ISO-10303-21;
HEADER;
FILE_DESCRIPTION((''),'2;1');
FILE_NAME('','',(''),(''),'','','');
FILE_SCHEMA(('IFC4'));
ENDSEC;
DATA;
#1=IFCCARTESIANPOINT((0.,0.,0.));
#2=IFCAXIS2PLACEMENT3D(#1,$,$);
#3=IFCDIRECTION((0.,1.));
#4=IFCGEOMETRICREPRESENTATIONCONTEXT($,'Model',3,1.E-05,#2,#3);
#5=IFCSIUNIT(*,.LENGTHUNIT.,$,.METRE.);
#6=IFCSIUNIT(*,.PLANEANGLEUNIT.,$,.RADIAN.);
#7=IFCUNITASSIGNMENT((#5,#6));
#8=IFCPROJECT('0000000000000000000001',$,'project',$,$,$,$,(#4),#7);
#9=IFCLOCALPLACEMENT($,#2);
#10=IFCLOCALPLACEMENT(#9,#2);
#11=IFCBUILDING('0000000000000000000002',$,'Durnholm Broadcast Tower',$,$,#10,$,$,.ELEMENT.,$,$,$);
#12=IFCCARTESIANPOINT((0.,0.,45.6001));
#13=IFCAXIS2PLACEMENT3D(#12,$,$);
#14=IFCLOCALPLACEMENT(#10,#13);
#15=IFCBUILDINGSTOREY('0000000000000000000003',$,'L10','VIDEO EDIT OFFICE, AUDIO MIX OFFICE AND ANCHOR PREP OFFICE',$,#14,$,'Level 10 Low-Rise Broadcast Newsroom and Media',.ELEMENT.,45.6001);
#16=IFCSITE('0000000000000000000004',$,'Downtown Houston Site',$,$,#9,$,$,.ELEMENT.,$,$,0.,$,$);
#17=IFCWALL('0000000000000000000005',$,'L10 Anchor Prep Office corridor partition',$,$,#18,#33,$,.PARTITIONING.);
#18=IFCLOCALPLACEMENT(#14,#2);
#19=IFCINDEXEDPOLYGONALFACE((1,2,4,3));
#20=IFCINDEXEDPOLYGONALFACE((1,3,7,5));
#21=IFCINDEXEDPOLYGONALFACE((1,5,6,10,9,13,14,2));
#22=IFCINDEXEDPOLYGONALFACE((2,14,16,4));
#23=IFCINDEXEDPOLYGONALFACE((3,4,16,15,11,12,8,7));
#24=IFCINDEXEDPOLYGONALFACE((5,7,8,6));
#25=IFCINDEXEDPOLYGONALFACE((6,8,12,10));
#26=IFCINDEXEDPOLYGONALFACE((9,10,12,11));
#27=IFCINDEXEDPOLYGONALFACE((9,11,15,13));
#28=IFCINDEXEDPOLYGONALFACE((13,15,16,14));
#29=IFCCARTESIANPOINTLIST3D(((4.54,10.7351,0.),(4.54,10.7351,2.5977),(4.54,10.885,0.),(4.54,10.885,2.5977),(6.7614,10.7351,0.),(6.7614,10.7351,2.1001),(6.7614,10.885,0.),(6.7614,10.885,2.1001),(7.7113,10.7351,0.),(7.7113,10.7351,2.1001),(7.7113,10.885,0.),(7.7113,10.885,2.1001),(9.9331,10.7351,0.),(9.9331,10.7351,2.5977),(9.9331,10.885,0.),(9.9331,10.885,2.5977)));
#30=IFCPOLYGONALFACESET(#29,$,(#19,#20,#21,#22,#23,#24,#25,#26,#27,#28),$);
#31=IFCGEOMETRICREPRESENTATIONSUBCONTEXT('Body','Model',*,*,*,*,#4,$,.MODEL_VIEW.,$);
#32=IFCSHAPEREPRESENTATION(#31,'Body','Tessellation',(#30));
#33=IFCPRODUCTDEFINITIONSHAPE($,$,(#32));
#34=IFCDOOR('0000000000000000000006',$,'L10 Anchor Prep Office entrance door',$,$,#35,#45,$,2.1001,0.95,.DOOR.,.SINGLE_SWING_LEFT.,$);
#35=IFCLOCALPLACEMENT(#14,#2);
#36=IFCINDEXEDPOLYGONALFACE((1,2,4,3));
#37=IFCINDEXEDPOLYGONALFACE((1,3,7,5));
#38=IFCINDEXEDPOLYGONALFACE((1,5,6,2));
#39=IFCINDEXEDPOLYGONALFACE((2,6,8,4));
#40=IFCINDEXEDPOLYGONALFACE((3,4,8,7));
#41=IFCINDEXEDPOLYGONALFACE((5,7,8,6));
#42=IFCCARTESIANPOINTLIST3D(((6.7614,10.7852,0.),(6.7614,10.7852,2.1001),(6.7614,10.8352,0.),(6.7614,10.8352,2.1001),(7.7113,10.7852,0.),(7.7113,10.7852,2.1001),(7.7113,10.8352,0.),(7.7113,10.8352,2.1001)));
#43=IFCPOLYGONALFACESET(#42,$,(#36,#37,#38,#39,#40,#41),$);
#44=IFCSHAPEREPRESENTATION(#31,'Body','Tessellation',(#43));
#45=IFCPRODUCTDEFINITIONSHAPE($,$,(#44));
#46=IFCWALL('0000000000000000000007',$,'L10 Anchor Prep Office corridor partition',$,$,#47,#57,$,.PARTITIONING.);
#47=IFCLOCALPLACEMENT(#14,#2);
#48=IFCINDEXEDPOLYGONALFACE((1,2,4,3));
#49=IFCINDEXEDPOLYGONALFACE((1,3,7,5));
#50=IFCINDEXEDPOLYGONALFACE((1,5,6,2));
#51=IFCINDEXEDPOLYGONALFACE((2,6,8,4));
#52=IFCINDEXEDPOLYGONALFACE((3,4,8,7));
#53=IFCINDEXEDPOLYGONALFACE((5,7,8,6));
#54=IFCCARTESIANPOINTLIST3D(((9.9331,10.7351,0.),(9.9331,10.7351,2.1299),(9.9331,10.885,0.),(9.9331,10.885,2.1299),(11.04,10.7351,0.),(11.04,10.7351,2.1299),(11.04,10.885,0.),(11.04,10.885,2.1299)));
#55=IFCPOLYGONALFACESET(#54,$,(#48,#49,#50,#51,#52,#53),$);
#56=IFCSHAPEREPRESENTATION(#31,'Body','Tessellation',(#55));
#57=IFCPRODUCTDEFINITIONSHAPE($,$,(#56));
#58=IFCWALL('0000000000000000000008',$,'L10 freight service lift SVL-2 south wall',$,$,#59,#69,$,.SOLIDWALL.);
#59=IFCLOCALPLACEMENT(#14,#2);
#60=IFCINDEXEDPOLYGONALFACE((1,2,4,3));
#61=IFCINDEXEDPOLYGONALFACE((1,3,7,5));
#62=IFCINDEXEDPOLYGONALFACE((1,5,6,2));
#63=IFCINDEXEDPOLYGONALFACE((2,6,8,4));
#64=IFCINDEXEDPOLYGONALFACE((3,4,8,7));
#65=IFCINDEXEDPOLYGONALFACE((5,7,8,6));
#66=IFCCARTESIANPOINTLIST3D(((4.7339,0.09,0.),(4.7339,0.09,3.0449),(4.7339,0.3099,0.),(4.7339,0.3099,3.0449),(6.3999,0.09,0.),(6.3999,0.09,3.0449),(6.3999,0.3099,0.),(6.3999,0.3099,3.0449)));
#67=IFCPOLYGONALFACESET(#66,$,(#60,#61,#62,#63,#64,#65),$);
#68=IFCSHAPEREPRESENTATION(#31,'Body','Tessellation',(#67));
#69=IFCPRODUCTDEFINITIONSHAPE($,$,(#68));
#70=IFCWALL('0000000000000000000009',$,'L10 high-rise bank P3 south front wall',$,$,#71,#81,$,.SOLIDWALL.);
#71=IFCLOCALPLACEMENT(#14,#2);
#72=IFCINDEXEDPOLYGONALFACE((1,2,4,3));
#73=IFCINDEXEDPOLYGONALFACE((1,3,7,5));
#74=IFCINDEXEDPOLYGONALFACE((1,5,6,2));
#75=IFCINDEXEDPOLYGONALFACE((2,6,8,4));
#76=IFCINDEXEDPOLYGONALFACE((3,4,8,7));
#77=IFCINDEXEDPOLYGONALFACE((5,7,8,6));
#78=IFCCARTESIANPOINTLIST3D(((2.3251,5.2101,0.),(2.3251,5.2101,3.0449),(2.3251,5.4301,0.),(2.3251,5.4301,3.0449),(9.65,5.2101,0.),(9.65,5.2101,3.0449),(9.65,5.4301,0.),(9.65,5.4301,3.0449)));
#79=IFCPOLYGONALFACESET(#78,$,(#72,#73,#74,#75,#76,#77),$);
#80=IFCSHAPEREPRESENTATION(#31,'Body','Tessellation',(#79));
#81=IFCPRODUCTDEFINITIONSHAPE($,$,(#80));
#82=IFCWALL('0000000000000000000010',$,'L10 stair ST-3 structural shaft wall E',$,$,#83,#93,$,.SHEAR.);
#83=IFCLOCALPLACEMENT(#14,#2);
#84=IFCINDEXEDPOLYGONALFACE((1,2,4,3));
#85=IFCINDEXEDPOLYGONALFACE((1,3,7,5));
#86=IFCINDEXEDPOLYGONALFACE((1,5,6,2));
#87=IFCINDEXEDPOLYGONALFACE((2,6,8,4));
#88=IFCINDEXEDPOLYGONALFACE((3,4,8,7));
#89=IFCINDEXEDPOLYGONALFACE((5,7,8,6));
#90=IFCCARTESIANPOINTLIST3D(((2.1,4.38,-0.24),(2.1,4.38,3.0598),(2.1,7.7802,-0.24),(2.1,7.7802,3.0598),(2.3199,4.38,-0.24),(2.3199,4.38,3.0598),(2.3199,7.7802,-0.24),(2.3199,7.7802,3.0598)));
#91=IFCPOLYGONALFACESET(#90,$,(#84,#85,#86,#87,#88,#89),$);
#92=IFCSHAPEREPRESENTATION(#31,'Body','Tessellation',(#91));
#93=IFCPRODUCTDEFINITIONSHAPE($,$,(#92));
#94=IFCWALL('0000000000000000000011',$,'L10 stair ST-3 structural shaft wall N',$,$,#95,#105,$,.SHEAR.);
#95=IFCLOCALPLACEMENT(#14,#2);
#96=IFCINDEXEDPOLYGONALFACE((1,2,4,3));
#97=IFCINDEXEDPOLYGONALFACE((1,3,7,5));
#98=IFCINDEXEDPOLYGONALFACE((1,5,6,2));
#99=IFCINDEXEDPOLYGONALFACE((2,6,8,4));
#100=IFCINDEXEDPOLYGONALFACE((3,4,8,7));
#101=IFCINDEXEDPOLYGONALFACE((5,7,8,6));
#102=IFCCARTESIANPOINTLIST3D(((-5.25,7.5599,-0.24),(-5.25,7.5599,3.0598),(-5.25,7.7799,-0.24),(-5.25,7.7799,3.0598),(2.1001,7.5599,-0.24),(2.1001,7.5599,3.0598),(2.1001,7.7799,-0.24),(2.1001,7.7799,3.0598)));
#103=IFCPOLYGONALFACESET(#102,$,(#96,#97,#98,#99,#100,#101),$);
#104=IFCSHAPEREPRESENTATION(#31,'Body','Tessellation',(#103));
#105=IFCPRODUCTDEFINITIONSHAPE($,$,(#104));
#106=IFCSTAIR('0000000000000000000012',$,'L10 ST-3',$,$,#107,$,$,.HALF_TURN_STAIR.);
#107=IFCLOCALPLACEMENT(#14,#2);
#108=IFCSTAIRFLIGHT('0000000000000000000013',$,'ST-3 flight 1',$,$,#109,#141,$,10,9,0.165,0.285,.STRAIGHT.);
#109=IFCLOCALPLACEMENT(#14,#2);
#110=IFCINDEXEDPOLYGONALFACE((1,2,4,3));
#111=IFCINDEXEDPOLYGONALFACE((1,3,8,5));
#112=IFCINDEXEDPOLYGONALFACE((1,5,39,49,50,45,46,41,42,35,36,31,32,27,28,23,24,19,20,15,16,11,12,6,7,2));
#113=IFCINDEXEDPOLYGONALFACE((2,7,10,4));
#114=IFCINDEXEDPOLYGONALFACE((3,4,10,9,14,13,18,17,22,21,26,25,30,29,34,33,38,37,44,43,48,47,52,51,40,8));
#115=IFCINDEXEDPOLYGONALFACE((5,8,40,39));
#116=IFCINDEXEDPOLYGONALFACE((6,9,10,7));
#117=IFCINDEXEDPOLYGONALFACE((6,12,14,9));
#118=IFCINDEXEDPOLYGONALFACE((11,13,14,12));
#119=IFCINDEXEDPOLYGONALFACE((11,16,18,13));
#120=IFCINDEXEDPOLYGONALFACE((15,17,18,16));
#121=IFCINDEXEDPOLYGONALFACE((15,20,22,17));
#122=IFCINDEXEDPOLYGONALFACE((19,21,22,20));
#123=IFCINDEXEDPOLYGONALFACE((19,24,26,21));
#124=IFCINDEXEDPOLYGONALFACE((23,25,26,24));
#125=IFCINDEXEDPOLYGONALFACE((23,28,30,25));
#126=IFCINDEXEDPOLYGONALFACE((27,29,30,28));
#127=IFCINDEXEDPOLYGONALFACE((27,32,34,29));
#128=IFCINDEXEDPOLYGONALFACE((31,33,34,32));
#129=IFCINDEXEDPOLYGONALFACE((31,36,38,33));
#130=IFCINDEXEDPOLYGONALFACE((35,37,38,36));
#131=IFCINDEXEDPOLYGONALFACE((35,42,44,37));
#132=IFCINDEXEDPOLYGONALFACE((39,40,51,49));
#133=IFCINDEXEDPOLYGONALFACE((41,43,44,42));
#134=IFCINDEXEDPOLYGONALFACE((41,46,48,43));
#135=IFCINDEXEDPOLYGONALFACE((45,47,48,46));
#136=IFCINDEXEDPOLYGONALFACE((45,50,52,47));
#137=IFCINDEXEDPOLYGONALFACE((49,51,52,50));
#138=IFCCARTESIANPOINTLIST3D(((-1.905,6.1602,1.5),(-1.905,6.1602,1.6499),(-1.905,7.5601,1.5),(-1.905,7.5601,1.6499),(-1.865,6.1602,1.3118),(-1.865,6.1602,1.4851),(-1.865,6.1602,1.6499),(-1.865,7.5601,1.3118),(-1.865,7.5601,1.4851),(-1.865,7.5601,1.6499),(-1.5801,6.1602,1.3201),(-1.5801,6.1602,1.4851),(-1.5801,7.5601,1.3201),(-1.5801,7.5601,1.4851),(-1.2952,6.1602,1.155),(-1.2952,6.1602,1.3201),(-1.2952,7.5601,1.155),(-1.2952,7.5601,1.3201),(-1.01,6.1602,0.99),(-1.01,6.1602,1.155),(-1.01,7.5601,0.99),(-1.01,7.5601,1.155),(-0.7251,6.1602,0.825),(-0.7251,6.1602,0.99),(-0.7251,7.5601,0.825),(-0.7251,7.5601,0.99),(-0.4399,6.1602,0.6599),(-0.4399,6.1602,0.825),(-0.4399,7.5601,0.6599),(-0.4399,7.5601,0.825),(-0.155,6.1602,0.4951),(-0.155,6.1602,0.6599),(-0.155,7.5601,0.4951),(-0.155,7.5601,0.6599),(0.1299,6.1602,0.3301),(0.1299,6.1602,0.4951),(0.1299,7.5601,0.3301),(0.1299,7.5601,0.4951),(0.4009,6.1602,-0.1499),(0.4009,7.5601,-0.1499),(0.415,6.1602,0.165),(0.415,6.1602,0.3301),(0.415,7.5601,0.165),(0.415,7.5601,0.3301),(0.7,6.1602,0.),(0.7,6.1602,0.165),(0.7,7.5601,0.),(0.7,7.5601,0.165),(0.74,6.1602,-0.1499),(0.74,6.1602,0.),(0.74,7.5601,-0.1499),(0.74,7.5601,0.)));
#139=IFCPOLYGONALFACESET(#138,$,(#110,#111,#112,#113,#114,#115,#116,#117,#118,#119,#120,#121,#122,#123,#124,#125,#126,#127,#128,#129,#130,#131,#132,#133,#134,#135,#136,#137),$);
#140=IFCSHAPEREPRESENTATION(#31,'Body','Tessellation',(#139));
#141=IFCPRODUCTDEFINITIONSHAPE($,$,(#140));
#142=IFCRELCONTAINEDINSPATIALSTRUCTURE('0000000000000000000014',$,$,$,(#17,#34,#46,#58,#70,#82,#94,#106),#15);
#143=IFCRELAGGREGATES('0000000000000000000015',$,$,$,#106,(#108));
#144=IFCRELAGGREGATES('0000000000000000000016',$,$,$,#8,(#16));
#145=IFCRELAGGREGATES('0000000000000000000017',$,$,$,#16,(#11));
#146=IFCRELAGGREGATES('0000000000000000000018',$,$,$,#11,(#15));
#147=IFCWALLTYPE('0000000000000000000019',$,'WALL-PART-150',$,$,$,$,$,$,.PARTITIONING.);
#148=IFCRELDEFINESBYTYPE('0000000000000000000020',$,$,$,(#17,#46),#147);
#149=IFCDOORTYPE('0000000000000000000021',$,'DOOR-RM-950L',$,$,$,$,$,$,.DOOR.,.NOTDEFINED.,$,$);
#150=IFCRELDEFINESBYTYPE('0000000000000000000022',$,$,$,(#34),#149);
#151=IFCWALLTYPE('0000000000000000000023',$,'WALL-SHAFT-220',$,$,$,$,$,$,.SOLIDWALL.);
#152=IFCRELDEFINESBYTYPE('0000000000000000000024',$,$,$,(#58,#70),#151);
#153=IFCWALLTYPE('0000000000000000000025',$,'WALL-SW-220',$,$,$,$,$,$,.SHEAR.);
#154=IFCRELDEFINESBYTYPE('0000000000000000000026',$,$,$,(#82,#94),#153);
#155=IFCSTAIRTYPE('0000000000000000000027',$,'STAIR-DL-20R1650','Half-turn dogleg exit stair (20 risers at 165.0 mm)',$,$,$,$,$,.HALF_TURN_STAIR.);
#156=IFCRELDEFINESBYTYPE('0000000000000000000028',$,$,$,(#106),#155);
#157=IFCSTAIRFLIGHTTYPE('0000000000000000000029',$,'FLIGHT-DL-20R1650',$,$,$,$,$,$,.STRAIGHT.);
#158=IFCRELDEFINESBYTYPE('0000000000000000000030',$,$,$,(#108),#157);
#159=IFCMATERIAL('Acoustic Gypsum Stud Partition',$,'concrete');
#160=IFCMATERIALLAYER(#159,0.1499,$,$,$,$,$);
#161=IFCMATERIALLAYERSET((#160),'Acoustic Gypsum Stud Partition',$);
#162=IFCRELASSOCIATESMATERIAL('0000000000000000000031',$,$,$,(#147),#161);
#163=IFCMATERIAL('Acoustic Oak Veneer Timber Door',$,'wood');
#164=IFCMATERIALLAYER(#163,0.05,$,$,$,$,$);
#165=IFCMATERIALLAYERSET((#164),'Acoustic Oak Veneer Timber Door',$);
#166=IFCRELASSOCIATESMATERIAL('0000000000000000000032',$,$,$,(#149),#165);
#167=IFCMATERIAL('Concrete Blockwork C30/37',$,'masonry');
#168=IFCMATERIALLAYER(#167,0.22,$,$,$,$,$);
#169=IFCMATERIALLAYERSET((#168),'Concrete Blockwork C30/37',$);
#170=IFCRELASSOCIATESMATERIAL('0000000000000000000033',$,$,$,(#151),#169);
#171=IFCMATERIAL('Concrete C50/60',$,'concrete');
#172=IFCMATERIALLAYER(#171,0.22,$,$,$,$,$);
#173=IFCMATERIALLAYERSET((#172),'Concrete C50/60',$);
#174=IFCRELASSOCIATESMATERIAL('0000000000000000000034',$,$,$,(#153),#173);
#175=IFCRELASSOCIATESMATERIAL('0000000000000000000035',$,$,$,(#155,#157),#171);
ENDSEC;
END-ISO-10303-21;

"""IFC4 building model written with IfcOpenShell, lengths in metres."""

from ifc_helpers import new_model, si_unit, direction, frame, frame_2d, origin, place, context, subcontext, project, spatial, polyline, rectangle, outline, extrude, source, transform, mapped, material, layer, layer_set, type_object, type_shapes, element, fill, aggregate, save


model = new_model("IFC4")

# Units and contexts
model_context = context("Model", 3, precision=1e-05, world=origin(), true_north=direction((0.0, 1.0)))
body_context = subcontext(model_context, "Body", "Model", "MODEL_VIEW")
ifc_project = project(units=[si_unit("LENGTHUNIT", "METRE"), si_unit("PLANEANGLEUNIT", "RADIAN")], contexts=[model_context])

# Site, building, storey
site_placement = place(None, origin())
site = spatial("IfcSite", under=ifc_project, at=site_placement, Name="Downtown Houston Site", CompositionType="ELEMENT", RefElevation=0.0)
building_placement = place(site_placement, origin())
building = spatial("IfcBuilding", under=site, at=building_placement, Name="Durnholm Broadcast Tower", CompositionType="ELEMENT")
storey_placement = place(building_placement, frame((0.0, 0.0, 45.6001)))
storey = spatial("IfcBuildingStorey", under=building, at=storey_placement, Name="L10", Description="VIDEO EDIT OFFICE, AUDIO MIX OFFICE AND ANCHOR PREP OFFICE", LongName="Level 10 Low-Rise Broadcast Newsroom and Media", CompositionType="ELEMENT", Elevation=45.6001)

# Wall, opening, door
ifc_material_1 = material(Name="Acoustic Gypsum Stud Partition", Category="concrete")
ifc_layer_1 = layer(ifc_material_1, 0.1499)
ifc_layer_set_1 = layer_set([ifc_layer_1], Name="Acoustic Gypsum Stud Partition")
wall_type_1 = type_object("IfcWallType", Name="WALL-PART-150", PredefinedType="PARTITIONING", material=ifc_layer_set_1)
wall_1_placement = place(storey_placement, frame((9.9331, 10.8101, 0.0), z_axis=(0.0, 0.0, 1.0), x_axis=(-1.0, 0.0, 0.0)))
wall_1 = element("IfcWall", 1, at=wall_1_placement, inside=storey, type_object=wall_type_1, Name="L10 Anchor Prep Office corridor partition", PredefinedType="PARTITIONING", context=body_context, shape_type="SweptSolid", body=[
    extrude(rectangle(XDim=5.3931, YDim=0.1499, at=frame_2d((2.6965, 0.0))), origin(), (0.0, 0.0, 1.0), 2.5977),
])
opening_1_placement = place(wall_1_placement, frame((2.2217, 0.0, 0.0)))
opening_1 = element("IfcOpeningElement", 2, at=opening_1_placement, cuts=wall_1, PredefinedType="OPENING", context=body_context, shape_type="SweptSolid", body=[
    extrude(rectangle(XDim=0.95, YDim=2.1001, at=frame_2d((0.4751, 1.05))), frame((0.0, 0.085, 0.0), z_axis=(0.0, -1.0, 0.0), x_axis=(1.0, 0.0, 0.0)), (0.0, 0.0, 1.0), 0.1699),
])
ifc_material_2 = material(Name="Acoustic Oak Veneer Timber Door", Category="wood")
ifc_layer_2 = layer(ifc_material_2, 0.05)
ifc_layer_set_2 = layer_set([ifc_layer_2], Name="Acoustic Oak Veneer Timber Door")
door_type_1 = type_object("IfcDoorType", Name="DOOR-RM-950L", OperationType="NOTDEFINED", PredefinedType="DOOR", material=ifc_layer_set_2)
shared_shape_1 = source(origin(), body_context, "Body", "SweptSolid", [
    extrude(rectangle(XDim=0.95, YDim=2.1001, at=frame_2d((0.4751, 1.05))), frame((0.0, 0.0249, 0.0), z_axis=(0.0, -1.0, 0.0), x_axis=(1.0, 0.0, 0.0)), (0.0, 0.0, 1.0), 0.05),
])
type_shapes(door_type_1, [shared_shape_1])
door_1_placement = place(opening_1_placement, origin())
door_1 = element("IfcDoor", 3, at=door_1_placement, inside=storey, type_object=door_type_1, Name="L10 Anchor Prep Office entrance door", OperationType="SINGLE_SWING_LEFT", OverallHeight=2.1001, OverallWidth=0.95, PredefinedType="DOOR", context=body_context, shape_type="MappedRepresentation", body=[
    mapped(shared_shape_1, transform((0.0, 0.0, 0.0), x_axis=(1.0, 0.0, 0.0), y_axis=(0.0, 1.0, 0.0), z_axis=(0.0, 0.0, 1.0), scale=1.0)),
])
fill(opening_1, door_1)

# Wall
wall_2_placement = place(storey_placement, frame((11.04, 10.8101, 0.0), z_axis=(0.0, 0.0, 1.0), x_axis=(-1.0, 0.0, 0.0)))
element("IfcWall", 4, at=wall_2_placement, inside=storey, type_object=wall_type_1, Name="L10 Anchor Prep Office corridor partition", PredefinedType="PARTITIONING", context=body_context, shape_type="SweptSolid", body=[
    extrude(rectangle(XDim=1.1069, YDim=0.1499, at=frame_2d((0.5535, 0.0))), origin(), (0.0, 0.0, 1.0), 2.1299),
])

# Shared definitions
ifc_material_3 = material(Name="Concrete Blockwork C30/37", Category="masonry")
ifc_layer_3 = layer(ifc_material_3, 0.22)
ifc_layer_set_3 = layer_set([ifc_layer_3], Name="Concrete Blockwork C30/37")
wall_type_2 = type_object("IfcWallType", Name="WALL-SHAFT-220", PredefinedType="SOLIDWALL", material=ifc_layer_set_3)

# Walls
wall_3_placement = place(storey_placement, frame((4.7339, 0.2, 0.0), z_axis=(0.0, 0.0, 1.0), x_axis=(1.0, 0.0, 0.0)))
element("IfcWall", 5, at=wall_3_placement, inside=storey, type_object=wall_type_2, Name="L10 freight service lift SVL-2 south wall", PredefinedType="SOLIDWALL", context=body_context, shape_type="SweptSolid", body=[
    extrude(rectangle(XDim=1.666, YDim=0.22, at=frame_2d((0.833, 0.0))), origin(), (0.0, 0.0, 1.0), 3.0449),
])
wall_4_placement = place(storey_placement, frame((2.325, 5.3201, 0.0), z_axis=(0.0, 0.0, 1.0), x_axis=(1.0, 0.0, 0.0)))
element("IfcWall", 6, at=wall_4_placement, inside=storey, type_object=wall_type_2, Name="L10 high-rise bank P3 south front wall", PredefinedType="SOLIDWALL", context=body_context, shape_type="SweptSolid", body=[
    extrude(rectangle(XDim=7.325, YDim=0.22, at=frame_2d((3.6626, 0.0))), origin(), (0.0, 0.0, 1.0), 3.0449),
])
ifc_material_4 = material(Name="Concrete C50/60", Category="concrete")
ifc_layer_4 = layer(ifc_material_4, 0.22)
ifc_layer_set_4 = layer_set([ifc_layer_4], Name="Concrete C50/60")
wall_type_3 = type_object("IfcWallType", Name="WALL-SW-220", PredefinedType="SHEAR", material=ifc_layer_set_4)
wall_5_placement = place(storey_placement, frame((2.21, 4.3799, -0.24), z_axis=(0.0, 0.0, 1.0), x_axis=(0.0, 1.0, 0.0)))
element("IfcWall", 7, at=wall_5_placement, inside=storey, type_object=wall_type_3, Name="L10 stair ST-3 structural shaft wall E", PredefinedType="SHEAR", context=body_context, shape_type="SweptSolid", body=[
    extrude(rectangle(XDim=3.4001, YDim=0.22, at=frame_2d((1.7002, 0.0))), origin(), (0.0, 0.0, 1.0), 3.2998),
])
wall_6_placement = place(storey_placement, frame((2.1001, 7.6699, -0.24), z_axis=(0.0, 0.0, 1.0), x_axis=(-1.0, 0.0, 0.0)))
element("IfcWall", 8, at=wall_6_placement, inside=storey, type_object=wall_type_3, Name="L10 stair ST-3 structural shaft wall N", PredefinedType="SHEAR", context=body_context, shape_type="SweptSolid", body=[
    extrude(rectangle(XDim=7.3501, YDim=0.22, at=frame_2d((3.675, 0.0))), origin(), (0.0, 0.0, 1.0), 3.2998),
])

# Stair, stair flight
stair_type = type_object("IfcStairType", Name="STAIR-DL-20R1650", Description="Half-turn dogleg exit stair (20 risers at 165.0 mm)", PredefinedType="HALF_TURN_STAIR", material=ifc_material_4)
stair_placement = place(storey_placement, origin())
stair = element("IfcStair", 9, at=stair_placement, inside=storey, type_object=stair_type, Name="L10 ST-3", PredefinedType="HALF_TURN_STAIR")
stair_flight_type = type_object("IfcStairFlightType", Name="FLIGHT-DL-20R1650", PredefinedType="STRAIGHT", material=ifc_material_4)
stair_flight_placement = place(storey_placement, frame((0.7, 6.8601, 0.0), z_axis=(0.0, 0.0, 1.0), x_axis=(-1.0, 0.0, 0.0)))
stair_flight = element("IfcStairFlight", 10, at=stair_flight_placement, type_object=stair_flight_type, Name="ST-3 flight 1", NumberOfRisers=10, NumberOfTreads=9, PredefinedType="STRAIGHT", RiserHeight=0.165, TreadLength=0.285, context=body_context, shape_type="SweptSolid", body=[
    extrude(outline(polyline([(-0.04, -0.1499), (-0.04, 0.0), (0.0, 0.0), (0.0, 0.165), (0.2849, 0.165), (0.2849, 0.3301), (0.5701, 0.3301), (0.5701, 0.4951), (0.855, 0.4951), (0.855, 0.6599), (1.1399, 0.6599), (1.1399, 0.825), (1.425, 0.825), (1.425, 0.99), (1.71, 0.99), (1.71, 1.155), (1.9951, 1.155), (1.9951, 1.3201), (2.28, 1.3201), (2.28, 1.4851), (2.5649, 1.4851), (2.5649, 1.6499), (2.605, 1.6499), (2.605, 1.5), (2.5649, 1.3118), (0.2991, -0.1499), (-0.04, -0.1499)])), frame((0.0, 0.7, 0.0), z_axis=(0.0, -1.0, 0.0), x_axis=(1.0, 0.0, 0.0)), (0.0, 0.0, 1.0), 1.3999),
])
aggregate(stair, [stair_flight])

save(model, "model.ifc")
